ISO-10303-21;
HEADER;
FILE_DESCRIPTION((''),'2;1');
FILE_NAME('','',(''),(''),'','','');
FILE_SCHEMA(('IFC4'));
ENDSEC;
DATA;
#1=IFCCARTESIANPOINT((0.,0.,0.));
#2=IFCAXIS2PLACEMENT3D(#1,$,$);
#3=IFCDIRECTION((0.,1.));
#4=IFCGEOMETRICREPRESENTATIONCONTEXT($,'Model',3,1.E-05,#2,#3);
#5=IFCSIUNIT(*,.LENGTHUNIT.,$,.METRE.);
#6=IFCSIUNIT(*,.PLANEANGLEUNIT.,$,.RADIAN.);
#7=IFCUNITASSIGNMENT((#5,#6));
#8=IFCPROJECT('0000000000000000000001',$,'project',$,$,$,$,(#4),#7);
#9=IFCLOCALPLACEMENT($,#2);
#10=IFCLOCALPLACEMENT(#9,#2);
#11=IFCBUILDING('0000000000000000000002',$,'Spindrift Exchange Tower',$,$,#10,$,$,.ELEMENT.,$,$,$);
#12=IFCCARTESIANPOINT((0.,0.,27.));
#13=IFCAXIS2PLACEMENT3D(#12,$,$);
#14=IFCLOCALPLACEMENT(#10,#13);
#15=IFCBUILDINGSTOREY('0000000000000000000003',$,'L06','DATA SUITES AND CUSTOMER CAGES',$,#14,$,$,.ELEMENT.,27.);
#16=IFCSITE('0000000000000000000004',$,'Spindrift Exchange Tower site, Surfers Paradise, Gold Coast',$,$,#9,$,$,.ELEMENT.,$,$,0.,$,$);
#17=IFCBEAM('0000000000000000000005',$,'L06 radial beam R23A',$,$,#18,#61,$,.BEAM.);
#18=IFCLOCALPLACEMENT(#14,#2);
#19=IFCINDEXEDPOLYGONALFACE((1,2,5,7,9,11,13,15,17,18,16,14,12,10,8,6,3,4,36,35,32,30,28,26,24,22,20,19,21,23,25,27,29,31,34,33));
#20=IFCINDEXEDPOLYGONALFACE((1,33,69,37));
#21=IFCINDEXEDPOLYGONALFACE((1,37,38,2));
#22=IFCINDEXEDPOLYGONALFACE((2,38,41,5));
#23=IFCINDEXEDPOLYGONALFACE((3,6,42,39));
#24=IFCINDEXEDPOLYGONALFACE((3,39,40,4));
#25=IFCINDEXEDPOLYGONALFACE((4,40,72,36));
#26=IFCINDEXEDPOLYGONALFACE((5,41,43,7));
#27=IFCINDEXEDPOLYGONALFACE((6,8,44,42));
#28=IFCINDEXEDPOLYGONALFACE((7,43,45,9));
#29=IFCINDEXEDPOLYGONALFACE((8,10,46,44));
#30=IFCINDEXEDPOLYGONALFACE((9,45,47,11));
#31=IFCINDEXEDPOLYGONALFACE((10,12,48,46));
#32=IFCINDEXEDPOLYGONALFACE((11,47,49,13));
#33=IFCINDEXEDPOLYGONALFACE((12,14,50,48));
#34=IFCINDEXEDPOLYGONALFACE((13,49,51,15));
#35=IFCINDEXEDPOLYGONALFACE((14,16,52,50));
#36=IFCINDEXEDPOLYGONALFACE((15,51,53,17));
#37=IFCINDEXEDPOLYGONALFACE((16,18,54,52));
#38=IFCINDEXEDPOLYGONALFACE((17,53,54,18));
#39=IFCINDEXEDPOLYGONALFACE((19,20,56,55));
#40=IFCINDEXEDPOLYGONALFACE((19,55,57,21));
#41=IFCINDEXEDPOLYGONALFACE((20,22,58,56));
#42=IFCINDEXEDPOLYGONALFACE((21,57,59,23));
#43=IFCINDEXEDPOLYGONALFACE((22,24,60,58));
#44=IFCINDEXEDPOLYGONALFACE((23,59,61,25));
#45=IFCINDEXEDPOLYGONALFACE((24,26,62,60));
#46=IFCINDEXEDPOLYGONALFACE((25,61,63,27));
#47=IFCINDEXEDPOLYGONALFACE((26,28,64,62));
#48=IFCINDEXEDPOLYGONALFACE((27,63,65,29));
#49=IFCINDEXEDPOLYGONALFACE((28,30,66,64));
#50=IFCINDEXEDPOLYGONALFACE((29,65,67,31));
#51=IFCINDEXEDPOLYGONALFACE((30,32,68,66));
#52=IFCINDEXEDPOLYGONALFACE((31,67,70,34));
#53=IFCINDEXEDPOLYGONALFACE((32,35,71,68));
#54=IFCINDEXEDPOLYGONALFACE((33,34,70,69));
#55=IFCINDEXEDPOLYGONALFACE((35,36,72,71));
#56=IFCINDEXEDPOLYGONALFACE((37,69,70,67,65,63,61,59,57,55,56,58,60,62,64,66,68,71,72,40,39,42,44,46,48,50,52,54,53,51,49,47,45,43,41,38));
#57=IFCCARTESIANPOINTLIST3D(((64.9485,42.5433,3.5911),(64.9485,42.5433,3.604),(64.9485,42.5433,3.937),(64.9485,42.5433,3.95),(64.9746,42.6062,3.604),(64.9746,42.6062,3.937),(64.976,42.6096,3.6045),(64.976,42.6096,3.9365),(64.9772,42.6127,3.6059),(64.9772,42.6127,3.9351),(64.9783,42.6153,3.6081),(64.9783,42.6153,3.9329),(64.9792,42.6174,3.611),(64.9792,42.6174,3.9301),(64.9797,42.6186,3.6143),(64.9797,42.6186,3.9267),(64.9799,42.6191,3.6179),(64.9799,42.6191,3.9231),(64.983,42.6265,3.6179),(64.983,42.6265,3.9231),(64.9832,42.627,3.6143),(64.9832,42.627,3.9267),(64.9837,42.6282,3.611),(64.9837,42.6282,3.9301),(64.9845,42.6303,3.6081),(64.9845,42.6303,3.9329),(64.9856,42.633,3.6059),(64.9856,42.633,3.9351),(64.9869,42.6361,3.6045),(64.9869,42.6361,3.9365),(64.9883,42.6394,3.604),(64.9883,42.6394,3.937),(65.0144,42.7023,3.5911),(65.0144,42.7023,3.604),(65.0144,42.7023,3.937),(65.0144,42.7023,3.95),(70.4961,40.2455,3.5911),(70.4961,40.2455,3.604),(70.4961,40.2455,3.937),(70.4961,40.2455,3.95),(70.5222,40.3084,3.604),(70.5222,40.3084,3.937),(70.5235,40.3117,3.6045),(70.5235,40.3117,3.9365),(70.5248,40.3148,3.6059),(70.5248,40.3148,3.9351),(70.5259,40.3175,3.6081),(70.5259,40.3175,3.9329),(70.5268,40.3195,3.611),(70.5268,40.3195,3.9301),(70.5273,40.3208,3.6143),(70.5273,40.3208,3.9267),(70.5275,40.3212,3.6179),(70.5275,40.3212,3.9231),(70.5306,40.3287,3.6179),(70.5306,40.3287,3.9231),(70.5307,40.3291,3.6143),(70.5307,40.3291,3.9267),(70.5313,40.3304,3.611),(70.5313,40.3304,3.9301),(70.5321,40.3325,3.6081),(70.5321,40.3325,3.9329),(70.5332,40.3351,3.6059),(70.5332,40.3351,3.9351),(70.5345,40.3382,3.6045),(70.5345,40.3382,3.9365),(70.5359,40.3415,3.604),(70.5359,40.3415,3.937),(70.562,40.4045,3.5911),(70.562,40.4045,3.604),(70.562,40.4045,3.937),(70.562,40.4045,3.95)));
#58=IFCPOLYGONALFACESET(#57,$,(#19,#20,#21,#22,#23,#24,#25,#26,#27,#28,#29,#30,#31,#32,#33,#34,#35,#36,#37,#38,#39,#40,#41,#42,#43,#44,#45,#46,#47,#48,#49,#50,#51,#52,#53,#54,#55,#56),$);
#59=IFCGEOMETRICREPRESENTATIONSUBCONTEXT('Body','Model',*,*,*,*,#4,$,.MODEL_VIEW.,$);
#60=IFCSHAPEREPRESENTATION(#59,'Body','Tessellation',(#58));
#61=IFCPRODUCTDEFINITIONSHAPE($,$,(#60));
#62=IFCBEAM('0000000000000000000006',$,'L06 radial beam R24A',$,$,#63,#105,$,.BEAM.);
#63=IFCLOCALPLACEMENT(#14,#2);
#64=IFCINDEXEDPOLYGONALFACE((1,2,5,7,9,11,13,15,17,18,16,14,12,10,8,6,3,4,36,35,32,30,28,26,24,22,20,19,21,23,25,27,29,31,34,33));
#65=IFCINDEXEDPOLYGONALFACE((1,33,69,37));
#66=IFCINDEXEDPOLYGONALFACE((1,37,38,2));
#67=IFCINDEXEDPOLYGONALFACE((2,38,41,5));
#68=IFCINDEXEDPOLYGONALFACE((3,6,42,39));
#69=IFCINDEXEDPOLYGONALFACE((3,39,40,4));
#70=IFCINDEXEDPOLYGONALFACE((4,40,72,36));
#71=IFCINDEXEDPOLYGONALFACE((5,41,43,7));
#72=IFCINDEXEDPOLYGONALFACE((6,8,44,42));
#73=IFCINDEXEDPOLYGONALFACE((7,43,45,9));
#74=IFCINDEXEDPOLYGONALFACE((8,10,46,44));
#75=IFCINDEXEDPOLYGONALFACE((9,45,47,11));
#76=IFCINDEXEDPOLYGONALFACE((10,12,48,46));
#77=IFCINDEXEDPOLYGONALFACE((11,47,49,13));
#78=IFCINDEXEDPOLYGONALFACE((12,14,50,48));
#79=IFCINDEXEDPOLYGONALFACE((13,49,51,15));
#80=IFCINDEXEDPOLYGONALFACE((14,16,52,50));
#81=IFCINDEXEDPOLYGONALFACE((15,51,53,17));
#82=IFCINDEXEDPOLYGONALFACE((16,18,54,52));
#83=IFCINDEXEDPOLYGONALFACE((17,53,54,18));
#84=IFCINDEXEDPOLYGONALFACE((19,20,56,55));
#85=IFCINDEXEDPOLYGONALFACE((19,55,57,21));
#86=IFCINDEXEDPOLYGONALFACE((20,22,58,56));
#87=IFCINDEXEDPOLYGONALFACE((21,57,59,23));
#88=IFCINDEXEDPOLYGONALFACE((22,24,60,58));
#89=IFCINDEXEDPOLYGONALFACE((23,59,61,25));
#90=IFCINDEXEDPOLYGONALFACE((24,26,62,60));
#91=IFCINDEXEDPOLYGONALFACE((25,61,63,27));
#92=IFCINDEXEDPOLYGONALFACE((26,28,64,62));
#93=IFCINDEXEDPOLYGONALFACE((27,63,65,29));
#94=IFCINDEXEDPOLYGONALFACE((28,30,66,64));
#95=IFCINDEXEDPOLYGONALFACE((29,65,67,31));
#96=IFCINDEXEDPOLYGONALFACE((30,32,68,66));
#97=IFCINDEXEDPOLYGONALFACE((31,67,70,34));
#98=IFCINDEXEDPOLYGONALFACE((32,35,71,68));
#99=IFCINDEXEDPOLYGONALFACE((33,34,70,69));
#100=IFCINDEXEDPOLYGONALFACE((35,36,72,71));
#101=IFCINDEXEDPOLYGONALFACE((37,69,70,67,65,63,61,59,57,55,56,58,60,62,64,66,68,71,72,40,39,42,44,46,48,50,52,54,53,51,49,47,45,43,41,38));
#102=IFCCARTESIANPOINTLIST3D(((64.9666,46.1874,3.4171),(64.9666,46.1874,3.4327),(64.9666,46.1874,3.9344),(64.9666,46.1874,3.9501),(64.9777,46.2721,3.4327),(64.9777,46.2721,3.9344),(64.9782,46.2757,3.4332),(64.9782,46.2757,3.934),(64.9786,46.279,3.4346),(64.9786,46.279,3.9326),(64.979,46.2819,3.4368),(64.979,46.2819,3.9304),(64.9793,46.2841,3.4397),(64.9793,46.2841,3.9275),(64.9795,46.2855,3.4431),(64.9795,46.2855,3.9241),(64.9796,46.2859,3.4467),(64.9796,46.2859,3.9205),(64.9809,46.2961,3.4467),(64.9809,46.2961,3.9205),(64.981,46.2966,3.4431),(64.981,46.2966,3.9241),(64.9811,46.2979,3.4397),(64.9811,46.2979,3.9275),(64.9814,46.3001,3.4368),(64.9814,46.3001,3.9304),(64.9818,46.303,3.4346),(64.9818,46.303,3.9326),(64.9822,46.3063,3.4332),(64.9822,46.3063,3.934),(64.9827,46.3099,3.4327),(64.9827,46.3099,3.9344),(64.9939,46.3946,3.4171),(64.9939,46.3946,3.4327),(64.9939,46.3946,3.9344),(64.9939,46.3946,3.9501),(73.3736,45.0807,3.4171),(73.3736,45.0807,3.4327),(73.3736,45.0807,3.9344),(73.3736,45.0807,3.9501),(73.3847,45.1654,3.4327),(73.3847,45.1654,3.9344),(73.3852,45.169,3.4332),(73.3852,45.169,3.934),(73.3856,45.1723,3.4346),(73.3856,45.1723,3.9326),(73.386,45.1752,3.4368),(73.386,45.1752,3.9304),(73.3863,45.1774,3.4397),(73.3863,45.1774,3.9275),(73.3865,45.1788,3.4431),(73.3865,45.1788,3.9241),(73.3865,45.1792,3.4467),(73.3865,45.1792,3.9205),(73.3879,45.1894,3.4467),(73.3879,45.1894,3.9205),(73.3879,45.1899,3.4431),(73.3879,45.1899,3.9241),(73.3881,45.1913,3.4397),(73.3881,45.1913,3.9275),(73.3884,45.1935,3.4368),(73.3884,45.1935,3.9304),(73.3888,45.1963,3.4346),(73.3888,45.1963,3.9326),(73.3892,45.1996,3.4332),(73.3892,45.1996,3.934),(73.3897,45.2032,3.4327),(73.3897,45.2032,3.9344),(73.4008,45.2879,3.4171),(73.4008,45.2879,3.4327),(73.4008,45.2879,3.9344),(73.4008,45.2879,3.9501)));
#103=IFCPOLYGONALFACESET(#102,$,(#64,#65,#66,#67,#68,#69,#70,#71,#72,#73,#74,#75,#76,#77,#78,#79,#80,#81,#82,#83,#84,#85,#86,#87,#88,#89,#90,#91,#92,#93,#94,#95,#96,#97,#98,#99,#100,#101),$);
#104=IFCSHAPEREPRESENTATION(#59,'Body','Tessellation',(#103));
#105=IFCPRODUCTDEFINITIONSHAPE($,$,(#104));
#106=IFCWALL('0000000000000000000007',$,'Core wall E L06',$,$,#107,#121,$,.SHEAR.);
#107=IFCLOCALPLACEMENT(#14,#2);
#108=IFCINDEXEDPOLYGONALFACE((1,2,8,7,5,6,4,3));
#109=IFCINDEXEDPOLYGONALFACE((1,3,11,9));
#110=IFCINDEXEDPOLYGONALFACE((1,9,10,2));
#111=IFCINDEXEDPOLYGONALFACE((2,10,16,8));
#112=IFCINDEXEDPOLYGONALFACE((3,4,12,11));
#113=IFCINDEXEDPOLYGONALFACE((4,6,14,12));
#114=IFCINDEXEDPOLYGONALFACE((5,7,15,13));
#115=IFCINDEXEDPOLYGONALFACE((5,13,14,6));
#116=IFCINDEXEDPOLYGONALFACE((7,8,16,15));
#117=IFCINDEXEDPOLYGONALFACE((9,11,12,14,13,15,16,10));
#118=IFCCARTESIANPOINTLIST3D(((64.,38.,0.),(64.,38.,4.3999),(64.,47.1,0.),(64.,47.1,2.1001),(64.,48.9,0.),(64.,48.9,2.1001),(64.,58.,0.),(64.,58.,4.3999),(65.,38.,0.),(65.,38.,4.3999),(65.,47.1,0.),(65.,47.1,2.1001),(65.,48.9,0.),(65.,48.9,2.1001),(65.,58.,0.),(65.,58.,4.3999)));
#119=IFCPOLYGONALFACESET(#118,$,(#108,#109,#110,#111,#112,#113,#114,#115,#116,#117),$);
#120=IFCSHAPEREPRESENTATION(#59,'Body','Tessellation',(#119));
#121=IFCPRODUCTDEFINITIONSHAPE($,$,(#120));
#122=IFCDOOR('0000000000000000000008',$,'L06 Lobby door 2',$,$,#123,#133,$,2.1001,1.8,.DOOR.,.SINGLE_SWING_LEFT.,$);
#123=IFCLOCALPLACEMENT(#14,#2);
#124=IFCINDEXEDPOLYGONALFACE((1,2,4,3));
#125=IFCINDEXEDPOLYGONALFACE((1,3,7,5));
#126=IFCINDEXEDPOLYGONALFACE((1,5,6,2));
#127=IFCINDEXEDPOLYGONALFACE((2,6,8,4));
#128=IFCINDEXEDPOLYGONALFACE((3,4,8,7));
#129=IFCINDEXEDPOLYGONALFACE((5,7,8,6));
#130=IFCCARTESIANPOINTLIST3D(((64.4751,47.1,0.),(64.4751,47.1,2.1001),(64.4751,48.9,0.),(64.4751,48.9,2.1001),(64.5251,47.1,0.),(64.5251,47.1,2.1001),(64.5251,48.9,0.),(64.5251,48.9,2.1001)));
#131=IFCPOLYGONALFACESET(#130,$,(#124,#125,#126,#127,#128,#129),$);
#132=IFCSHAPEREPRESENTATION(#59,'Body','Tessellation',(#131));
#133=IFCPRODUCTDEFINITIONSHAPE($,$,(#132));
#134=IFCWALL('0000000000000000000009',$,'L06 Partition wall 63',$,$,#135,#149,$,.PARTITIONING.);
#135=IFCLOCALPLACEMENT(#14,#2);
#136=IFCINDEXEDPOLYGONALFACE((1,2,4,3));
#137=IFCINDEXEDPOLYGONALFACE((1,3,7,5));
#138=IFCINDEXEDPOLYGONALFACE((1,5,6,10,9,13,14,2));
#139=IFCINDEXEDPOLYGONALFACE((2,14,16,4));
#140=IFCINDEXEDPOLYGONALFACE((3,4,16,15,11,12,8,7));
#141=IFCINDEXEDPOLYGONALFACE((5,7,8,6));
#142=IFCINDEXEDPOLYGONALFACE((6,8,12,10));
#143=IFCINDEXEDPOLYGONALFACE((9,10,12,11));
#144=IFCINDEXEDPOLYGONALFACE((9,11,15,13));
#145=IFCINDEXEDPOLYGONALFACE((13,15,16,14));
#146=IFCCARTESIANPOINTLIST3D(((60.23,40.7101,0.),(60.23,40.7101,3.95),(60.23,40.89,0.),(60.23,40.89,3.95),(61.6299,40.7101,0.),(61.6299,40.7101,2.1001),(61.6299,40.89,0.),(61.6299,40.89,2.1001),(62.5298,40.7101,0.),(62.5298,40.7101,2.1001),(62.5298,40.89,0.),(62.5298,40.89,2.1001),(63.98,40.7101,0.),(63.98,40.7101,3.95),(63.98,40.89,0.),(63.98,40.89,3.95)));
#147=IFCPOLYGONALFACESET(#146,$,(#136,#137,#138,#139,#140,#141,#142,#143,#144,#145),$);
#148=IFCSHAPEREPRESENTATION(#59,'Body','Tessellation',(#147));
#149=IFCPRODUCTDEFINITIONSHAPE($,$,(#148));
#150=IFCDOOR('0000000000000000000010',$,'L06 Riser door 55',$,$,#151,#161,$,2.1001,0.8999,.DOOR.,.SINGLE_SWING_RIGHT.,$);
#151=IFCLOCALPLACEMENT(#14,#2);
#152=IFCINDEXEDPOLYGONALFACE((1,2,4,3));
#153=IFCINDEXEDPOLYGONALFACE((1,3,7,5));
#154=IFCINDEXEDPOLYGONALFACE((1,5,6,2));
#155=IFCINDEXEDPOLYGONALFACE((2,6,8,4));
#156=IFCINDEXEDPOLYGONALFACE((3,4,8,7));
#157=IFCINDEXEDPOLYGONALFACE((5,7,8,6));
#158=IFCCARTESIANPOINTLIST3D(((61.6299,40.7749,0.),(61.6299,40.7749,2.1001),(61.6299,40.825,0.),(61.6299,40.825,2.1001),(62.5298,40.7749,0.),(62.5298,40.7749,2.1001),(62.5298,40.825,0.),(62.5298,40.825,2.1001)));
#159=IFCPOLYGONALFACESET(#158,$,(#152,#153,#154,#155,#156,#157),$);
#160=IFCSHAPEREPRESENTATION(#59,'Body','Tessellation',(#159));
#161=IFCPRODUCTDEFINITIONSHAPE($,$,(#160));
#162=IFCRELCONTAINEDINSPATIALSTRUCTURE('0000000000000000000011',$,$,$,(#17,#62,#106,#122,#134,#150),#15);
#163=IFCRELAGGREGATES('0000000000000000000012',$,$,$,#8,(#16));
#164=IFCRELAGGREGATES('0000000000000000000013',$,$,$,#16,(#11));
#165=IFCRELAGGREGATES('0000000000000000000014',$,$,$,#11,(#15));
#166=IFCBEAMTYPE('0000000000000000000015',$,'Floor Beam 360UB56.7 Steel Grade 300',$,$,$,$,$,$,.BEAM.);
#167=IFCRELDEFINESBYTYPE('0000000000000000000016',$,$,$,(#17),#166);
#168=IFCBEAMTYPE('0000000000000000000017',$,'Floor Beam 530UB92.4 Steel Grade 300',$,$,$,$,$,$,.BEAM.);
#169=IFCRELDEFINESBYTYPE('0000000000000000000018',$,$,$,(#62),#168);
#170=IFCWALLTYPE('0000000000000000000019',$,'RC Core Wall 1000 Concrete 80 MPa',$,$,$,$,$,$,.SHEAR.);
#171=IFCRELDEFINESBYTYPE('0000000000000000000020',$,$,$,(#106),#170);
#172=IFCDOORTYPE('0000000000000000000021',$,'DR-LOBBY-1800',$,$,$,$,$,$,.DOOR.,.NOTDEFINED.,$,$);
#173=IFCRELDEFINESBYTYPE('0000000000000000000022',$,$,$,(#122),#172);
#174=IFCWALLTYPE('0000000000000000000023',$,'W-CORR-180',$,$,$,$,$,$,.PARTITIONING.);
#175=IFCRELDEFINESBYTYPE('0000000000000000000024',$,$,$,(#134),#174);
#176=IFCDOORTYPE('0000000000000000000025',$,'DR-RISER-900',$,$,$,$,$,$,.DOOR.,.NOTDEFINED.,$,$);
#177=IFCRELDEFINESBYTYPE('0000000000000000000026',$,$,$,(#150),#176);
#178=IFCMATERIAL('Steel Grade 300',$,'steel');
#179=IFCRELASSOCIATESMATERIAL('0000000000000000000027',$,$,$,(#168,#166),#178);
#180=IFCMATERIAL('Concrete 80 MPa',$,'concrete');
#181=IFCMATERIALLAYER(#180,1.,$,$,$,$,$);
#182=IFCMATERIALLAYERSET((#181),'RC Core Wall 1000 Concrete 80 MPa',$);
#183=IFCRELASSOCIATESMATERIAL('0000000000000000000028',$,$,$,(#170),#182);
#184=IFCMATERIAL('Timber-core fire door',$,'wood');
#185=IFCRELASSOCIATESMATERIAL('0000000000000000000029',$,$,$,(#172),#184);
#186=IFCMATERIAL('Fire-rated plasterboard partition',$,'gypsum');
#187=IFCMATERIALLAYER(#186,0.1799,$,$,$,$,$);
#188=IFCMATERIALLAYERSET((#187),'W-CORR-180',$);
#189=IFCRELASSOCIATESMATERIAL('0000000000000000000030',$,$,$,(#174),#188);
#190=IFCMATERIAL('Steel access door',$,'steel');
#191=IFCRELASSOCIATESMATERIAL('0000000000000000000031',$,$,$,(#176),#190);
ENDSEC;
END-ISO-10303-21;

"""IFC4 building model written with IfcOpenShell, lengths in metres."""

from ifc_helpers import new_model, si_unit, direction, frame, frame_2d, origin, origin_2d, place, context, subcontext, project, spatial, rectangle, i_section, extrude, source, transform, mapped, material, layer, layer_set, material_profile, profile_set, type_object, element, fill, save


model = new_model("IFC4")

# Units and contexts
model_context = context("Model", 3, precision=1e-05, world=origin(), true_north=direction((0.0, 1.0)))
body_context = subcontext(model_context, "Body", "Model", "MODEL_VIEW")
ifc_project = project(units=[si_unit("LENGTHUNIT", "METRE"), si_unit("PLANEANGLEUNIT", "RADIAN")], contexts=[model_context])

# Site, building, storey
site_placement = place(None, origin())
site = spatial("IfcSite", under=ifc_project, at=site_placement, Name="Spindrift Exchange Tower site, Surfers Paradise, Gold Coast", CompositionType="ELEMENT", RefElevation=0.0)
building_placement = place(site_placement, origin())
building = spatial("IfcBuilding", under=site, at=building_placement, Name="Spindrift Exchange Tower", CompositionType="ELEMENT")
storey_placement = place(building_placement, frame((0.0, 0.0, 27.0)))
storey = spatial("IfcBuildingStorey", under=building, at=storey_placement, Name="L06", Description="DATA SUITES AND CUSTOMER CAGES", CompositionType="ELEMENT", Elevation=27.0)

# Shared definitions
ifc_material_1 = material(Name="Concrete 80 MPa", Category="concrete")

# Beams
ifc_material_2 = material(Name="Steel Grade 300", Category="steel")
ifc_material_profile_1 = material_profile(ifc_material_2, i_section(OverallWidth=0.209, OverallDepth=0.533, WebThickness=0.0103, FlangeThickness=0.0156, FilletRadius=0.0139, at=origin_2d()), Name="530UB92.4")
ifc_profile_set_1 = profile_set([ifc_material_profile_1], Name="Steel Grade 300")
beam_type_1 = type_object("IfcBeamType", Name="Floor Beam 530UB92.4 Steel Grade 300", PredefinedType="BEAM", material=ifc_profile_set_1)
ifc_material_profile_2 = material_profile(ifc_material_2, i_section(OverallWidth=0.1721, OverallDepth=0.3589, WebThickness=0.0081, FlangeThickness=0.0129, FilletRadius=0.0139, at=origin_2d()), Name="360UB56.7")
ifc_profile_set_2 = profile_set([ifc_material_profile_2], Name="Steel Grade 300")
beam_type_2 = type_object("IfcBeamType", Name="Floor Beam 360UB56.7 Steel Grade 300", PredefinedType="BEAM", material=ifc_profile_set_2)
shared_shape_1 = source(origin(), body_context, "Body", "SweptSolid", [
    extrude(i_section(OverallWidth=0.1721, OverallDepth=0.3589, WebThickness=0.0081, FlangeThickness=0.0129, FilletRadius=0.0139, at=origin_2d()), origin(), (0.0, 0.0, 1.0), 6.0046),
])
beam_1_placement = place(storey_placement, frame((64.9814, 42.6228, 3.7705), z_axis=(0.923882, -0.382677, 0.0), x_axis=(0.382677, 0.923882, 0.0)))
element("IfcBeam", 1, at=beam_1_placement, inside=storey, type_object=beam_type_2, Name="L06 radial beam R23A", PredefinedType="BEAM", context=body_context, shape_type="MappedRepresentation", body=[
    mapped(shared_shape_1, transform((0.0, 0.0, 0.0), scale=1.0)),
])
shared_shape_2 = source(origin(), body_context, "Body", "SweptSolid", [
    extrude(i_section(OverallWidth=0.209, OverallDepth=0.533, WebThickness=0.0103, FlangeThickness=0.0156, FilletRadius=0.0139, at=origin_2d()), origin(), (0.0, 0.0, 1.0), 8.4795),
])
beam_2_placement = place(storey_placement, frame((64.9802, 46.291, 3.6836), z_axis=(0.991447, -0.130513, 0.0), x_axis=(0.130513, 0.991447, 0.0)))
element("IfcBeam", 2, at=beam_2_placement, inside=storey, type_object=beam_type_1, Name="L06 radial beam R24A", PredefinedType="BEAM", context=body_context, shape_type="MappedRepresentation", body=[
    mapped(shared_shape_2, transform((0.0, 0.0, 0.0), scale=1.0)),
])

# Walls, openings, doors
ifc_layer_1 = layer(ifc_material_1, 1.0)
ifc_layer_set_1 = layer_set([ifc_layer_1], Name="RC Core Wall 1000 Concrete 80 MPa")
wall_type_1 = type_object("IfcWallType", Name="RC Core Wall 1000 Concrete 80 MPa", PredefinedType="SHEAR", material=ifc_layer_set_1)
wall_1_placement = place(storey_placement, frame((64.5, 38.0, 0.0), z_axis=(0.0, 0.0, 1.0), x_axis=(0.0, 1.0, 0.0)))
wall_1 = element("IfcWall", 3, at=wall_1_placement, inside=storey, type_object=wall_type_1, Name="Core wall E L06", PredefinedType="SHEAR", context=body_context, shape_type="SweptSolid", body=[
    extrude(rectangle(XDim=20.0, YDim=1.0, at=frame_2d((10.0, 0.0))), origin(), (0.0, 0.0, 1.0), 4.3999),
])
opening_1_placement = place(wall_1_placement, frame((9.1001, 0.0, 0.0)))
opening_1 = element("IfcOpeningElement", 4, at=opening_1_placement, cuts=wall_1, PredefinedType="OPENING", context=body_context, shape_type="SweptSolid", body=[
    extrude(rectangle(XDim=1.8, YDim=2.1001, at=frame_2d((0.8999, 1.05))), frame((0.0, 0.51, 0.0), z_axis=(0.0, -1.0, 0.0), x_axis=(1.0, 0.0, 0.0)), (0.0, 0.0, 1.0), 1.02),
])
ifc_material_3 = material(Name="Timber-core fire door", Category="wood")
door_type_1 = type_object("IfcDoorType", Name="DR-LOBBY-1800", OperationType="NOTDEFINED", PredefinedType="DOOR", material=ifc_material_3)
shared_shape_3 = source(origin(), body_context, "Body", "SweptSolid", [
    extrude(rectangle(XDim=1.8, YDim=2.1001, at=frame_2d((0.8999, 1.05))), frame((0.0, 0.0249, 0.0), z_axis=(0.0, -1.0, 0.0), x_axis=(1.0, 0.0, 0.0)), (0.0, 0.0, 1.0), 0.05),
])
door_1_placement = place(opening_1_placement, origin())
door_1 = element("IfcDoor", 5, at=door_1_placement, inside=storey, type_object=door_type_1, Name="L06 Lobby door 2", OperationType="SINGLE_SWING_LEFT", OverallHeight=2.1001, OverallWidth=1.8, PredefinedType="DOOR", context=body_context, shape_type="MappedRepresentation", body=[
    mapped(shared_shape_3, transform((0.0, 0.0, 0.0), scale=1.0)),
])
fill(opening_1, door_1)
ifc_material_4 = material(Name="Fire-rated plasterboard partition", Category="gypsum")
ifc_layer_2 = layer(ifc_material_4, 0.1799)
ifc_layer_set_2 = layer_set([ifc_layer_2], Name="W-CORR-180")
wall_type_2 = type_object("IfcWallType", Name="W-CORR-180", PredefinedType="PARTITIONING", material=ifc_layer_set_2)
wall_2_placement = place(storey_placement, frame((60.23, 40.8, 0.0), z_axis=(0.0, 0.0, 1.0), x_axis=(1.0, 0.0, 0.0)))
wall_2 = element("IfcWall", 6, at=wall_2_placement, inside=storey, type_object=wall_type_2, Name="L06 Partition wall 63", PredefinedType="PARTITIONING", context=body_context, shape_type="SweptSolid", body=[
    extrude(rectangle(XDim=3.75, YDim=0.1799, at=frame_2d((1.875, 0.0))), origin(), (0.0, 0.0, 1.0), 3.95),
])
opening_2_placement = place(wall_2_placement, frame((1.3999, 0.0, 0.0)))
opening_2 = element("IfcOpeningElement", 7, at=opening_2_placement, cuts=wall_2, PredefinedType="OPENING", context=body_context, shape_type="SweptSolid", body=[
    extrude(rectangle(XDim=0.8999, YDim=2.1001, at=frame_2d((0.45, 1.05))), frame((0.0, 0.0999, 0.0), z_axis=(0.0, -1.0, 0.0), x_axis=(1.0, 0.0, 0.0)), (0.0, 0.0, 1.0), 0.2),
])
ifc_material_5 = material(Name="Steel access door", Category="steel")
door_type_2 = type_object("IfcDoorType", Name="DR-RISER-900", OperationType="NOTDEFINED", PredefinedType="DOOR", material=ifc_material_5)
shared_shape_4 = source(origin(), body_context, "Body", "SweptSolid", [
    extrude(rectangle(XDim=0.8999, YDim=2.1001, at=frame_2d((0.45, 1.05))), frame((0.0, 0.0249, 0.0), z_axis=(0.0, -1.0, 0.0), x_axis=(1.0, 0.0, 0.0)), (0.0, 0.0, 1.0), 0.05),
])
door_2_placement = place(opening_2_placement, origin())
door_2 = element("IfcDoor", 8, at=door_2_placement, inside=storey, type_object=door_type_2, Name="L06 Riser door 55", OperationType="SINGLE_SWING_RIGHT", OverallHeight=2.1001, OverallWidth=0.8999, PredefinedType="DOOR", context=body_context, shape_type="MappedRepresentation", body=[
    mapped(shared_shape_4, transform((0.0, 0.0, 0.0), scale=1.0)),
])
fill(opening_2, door_2)

save(model, "model.ifc")
